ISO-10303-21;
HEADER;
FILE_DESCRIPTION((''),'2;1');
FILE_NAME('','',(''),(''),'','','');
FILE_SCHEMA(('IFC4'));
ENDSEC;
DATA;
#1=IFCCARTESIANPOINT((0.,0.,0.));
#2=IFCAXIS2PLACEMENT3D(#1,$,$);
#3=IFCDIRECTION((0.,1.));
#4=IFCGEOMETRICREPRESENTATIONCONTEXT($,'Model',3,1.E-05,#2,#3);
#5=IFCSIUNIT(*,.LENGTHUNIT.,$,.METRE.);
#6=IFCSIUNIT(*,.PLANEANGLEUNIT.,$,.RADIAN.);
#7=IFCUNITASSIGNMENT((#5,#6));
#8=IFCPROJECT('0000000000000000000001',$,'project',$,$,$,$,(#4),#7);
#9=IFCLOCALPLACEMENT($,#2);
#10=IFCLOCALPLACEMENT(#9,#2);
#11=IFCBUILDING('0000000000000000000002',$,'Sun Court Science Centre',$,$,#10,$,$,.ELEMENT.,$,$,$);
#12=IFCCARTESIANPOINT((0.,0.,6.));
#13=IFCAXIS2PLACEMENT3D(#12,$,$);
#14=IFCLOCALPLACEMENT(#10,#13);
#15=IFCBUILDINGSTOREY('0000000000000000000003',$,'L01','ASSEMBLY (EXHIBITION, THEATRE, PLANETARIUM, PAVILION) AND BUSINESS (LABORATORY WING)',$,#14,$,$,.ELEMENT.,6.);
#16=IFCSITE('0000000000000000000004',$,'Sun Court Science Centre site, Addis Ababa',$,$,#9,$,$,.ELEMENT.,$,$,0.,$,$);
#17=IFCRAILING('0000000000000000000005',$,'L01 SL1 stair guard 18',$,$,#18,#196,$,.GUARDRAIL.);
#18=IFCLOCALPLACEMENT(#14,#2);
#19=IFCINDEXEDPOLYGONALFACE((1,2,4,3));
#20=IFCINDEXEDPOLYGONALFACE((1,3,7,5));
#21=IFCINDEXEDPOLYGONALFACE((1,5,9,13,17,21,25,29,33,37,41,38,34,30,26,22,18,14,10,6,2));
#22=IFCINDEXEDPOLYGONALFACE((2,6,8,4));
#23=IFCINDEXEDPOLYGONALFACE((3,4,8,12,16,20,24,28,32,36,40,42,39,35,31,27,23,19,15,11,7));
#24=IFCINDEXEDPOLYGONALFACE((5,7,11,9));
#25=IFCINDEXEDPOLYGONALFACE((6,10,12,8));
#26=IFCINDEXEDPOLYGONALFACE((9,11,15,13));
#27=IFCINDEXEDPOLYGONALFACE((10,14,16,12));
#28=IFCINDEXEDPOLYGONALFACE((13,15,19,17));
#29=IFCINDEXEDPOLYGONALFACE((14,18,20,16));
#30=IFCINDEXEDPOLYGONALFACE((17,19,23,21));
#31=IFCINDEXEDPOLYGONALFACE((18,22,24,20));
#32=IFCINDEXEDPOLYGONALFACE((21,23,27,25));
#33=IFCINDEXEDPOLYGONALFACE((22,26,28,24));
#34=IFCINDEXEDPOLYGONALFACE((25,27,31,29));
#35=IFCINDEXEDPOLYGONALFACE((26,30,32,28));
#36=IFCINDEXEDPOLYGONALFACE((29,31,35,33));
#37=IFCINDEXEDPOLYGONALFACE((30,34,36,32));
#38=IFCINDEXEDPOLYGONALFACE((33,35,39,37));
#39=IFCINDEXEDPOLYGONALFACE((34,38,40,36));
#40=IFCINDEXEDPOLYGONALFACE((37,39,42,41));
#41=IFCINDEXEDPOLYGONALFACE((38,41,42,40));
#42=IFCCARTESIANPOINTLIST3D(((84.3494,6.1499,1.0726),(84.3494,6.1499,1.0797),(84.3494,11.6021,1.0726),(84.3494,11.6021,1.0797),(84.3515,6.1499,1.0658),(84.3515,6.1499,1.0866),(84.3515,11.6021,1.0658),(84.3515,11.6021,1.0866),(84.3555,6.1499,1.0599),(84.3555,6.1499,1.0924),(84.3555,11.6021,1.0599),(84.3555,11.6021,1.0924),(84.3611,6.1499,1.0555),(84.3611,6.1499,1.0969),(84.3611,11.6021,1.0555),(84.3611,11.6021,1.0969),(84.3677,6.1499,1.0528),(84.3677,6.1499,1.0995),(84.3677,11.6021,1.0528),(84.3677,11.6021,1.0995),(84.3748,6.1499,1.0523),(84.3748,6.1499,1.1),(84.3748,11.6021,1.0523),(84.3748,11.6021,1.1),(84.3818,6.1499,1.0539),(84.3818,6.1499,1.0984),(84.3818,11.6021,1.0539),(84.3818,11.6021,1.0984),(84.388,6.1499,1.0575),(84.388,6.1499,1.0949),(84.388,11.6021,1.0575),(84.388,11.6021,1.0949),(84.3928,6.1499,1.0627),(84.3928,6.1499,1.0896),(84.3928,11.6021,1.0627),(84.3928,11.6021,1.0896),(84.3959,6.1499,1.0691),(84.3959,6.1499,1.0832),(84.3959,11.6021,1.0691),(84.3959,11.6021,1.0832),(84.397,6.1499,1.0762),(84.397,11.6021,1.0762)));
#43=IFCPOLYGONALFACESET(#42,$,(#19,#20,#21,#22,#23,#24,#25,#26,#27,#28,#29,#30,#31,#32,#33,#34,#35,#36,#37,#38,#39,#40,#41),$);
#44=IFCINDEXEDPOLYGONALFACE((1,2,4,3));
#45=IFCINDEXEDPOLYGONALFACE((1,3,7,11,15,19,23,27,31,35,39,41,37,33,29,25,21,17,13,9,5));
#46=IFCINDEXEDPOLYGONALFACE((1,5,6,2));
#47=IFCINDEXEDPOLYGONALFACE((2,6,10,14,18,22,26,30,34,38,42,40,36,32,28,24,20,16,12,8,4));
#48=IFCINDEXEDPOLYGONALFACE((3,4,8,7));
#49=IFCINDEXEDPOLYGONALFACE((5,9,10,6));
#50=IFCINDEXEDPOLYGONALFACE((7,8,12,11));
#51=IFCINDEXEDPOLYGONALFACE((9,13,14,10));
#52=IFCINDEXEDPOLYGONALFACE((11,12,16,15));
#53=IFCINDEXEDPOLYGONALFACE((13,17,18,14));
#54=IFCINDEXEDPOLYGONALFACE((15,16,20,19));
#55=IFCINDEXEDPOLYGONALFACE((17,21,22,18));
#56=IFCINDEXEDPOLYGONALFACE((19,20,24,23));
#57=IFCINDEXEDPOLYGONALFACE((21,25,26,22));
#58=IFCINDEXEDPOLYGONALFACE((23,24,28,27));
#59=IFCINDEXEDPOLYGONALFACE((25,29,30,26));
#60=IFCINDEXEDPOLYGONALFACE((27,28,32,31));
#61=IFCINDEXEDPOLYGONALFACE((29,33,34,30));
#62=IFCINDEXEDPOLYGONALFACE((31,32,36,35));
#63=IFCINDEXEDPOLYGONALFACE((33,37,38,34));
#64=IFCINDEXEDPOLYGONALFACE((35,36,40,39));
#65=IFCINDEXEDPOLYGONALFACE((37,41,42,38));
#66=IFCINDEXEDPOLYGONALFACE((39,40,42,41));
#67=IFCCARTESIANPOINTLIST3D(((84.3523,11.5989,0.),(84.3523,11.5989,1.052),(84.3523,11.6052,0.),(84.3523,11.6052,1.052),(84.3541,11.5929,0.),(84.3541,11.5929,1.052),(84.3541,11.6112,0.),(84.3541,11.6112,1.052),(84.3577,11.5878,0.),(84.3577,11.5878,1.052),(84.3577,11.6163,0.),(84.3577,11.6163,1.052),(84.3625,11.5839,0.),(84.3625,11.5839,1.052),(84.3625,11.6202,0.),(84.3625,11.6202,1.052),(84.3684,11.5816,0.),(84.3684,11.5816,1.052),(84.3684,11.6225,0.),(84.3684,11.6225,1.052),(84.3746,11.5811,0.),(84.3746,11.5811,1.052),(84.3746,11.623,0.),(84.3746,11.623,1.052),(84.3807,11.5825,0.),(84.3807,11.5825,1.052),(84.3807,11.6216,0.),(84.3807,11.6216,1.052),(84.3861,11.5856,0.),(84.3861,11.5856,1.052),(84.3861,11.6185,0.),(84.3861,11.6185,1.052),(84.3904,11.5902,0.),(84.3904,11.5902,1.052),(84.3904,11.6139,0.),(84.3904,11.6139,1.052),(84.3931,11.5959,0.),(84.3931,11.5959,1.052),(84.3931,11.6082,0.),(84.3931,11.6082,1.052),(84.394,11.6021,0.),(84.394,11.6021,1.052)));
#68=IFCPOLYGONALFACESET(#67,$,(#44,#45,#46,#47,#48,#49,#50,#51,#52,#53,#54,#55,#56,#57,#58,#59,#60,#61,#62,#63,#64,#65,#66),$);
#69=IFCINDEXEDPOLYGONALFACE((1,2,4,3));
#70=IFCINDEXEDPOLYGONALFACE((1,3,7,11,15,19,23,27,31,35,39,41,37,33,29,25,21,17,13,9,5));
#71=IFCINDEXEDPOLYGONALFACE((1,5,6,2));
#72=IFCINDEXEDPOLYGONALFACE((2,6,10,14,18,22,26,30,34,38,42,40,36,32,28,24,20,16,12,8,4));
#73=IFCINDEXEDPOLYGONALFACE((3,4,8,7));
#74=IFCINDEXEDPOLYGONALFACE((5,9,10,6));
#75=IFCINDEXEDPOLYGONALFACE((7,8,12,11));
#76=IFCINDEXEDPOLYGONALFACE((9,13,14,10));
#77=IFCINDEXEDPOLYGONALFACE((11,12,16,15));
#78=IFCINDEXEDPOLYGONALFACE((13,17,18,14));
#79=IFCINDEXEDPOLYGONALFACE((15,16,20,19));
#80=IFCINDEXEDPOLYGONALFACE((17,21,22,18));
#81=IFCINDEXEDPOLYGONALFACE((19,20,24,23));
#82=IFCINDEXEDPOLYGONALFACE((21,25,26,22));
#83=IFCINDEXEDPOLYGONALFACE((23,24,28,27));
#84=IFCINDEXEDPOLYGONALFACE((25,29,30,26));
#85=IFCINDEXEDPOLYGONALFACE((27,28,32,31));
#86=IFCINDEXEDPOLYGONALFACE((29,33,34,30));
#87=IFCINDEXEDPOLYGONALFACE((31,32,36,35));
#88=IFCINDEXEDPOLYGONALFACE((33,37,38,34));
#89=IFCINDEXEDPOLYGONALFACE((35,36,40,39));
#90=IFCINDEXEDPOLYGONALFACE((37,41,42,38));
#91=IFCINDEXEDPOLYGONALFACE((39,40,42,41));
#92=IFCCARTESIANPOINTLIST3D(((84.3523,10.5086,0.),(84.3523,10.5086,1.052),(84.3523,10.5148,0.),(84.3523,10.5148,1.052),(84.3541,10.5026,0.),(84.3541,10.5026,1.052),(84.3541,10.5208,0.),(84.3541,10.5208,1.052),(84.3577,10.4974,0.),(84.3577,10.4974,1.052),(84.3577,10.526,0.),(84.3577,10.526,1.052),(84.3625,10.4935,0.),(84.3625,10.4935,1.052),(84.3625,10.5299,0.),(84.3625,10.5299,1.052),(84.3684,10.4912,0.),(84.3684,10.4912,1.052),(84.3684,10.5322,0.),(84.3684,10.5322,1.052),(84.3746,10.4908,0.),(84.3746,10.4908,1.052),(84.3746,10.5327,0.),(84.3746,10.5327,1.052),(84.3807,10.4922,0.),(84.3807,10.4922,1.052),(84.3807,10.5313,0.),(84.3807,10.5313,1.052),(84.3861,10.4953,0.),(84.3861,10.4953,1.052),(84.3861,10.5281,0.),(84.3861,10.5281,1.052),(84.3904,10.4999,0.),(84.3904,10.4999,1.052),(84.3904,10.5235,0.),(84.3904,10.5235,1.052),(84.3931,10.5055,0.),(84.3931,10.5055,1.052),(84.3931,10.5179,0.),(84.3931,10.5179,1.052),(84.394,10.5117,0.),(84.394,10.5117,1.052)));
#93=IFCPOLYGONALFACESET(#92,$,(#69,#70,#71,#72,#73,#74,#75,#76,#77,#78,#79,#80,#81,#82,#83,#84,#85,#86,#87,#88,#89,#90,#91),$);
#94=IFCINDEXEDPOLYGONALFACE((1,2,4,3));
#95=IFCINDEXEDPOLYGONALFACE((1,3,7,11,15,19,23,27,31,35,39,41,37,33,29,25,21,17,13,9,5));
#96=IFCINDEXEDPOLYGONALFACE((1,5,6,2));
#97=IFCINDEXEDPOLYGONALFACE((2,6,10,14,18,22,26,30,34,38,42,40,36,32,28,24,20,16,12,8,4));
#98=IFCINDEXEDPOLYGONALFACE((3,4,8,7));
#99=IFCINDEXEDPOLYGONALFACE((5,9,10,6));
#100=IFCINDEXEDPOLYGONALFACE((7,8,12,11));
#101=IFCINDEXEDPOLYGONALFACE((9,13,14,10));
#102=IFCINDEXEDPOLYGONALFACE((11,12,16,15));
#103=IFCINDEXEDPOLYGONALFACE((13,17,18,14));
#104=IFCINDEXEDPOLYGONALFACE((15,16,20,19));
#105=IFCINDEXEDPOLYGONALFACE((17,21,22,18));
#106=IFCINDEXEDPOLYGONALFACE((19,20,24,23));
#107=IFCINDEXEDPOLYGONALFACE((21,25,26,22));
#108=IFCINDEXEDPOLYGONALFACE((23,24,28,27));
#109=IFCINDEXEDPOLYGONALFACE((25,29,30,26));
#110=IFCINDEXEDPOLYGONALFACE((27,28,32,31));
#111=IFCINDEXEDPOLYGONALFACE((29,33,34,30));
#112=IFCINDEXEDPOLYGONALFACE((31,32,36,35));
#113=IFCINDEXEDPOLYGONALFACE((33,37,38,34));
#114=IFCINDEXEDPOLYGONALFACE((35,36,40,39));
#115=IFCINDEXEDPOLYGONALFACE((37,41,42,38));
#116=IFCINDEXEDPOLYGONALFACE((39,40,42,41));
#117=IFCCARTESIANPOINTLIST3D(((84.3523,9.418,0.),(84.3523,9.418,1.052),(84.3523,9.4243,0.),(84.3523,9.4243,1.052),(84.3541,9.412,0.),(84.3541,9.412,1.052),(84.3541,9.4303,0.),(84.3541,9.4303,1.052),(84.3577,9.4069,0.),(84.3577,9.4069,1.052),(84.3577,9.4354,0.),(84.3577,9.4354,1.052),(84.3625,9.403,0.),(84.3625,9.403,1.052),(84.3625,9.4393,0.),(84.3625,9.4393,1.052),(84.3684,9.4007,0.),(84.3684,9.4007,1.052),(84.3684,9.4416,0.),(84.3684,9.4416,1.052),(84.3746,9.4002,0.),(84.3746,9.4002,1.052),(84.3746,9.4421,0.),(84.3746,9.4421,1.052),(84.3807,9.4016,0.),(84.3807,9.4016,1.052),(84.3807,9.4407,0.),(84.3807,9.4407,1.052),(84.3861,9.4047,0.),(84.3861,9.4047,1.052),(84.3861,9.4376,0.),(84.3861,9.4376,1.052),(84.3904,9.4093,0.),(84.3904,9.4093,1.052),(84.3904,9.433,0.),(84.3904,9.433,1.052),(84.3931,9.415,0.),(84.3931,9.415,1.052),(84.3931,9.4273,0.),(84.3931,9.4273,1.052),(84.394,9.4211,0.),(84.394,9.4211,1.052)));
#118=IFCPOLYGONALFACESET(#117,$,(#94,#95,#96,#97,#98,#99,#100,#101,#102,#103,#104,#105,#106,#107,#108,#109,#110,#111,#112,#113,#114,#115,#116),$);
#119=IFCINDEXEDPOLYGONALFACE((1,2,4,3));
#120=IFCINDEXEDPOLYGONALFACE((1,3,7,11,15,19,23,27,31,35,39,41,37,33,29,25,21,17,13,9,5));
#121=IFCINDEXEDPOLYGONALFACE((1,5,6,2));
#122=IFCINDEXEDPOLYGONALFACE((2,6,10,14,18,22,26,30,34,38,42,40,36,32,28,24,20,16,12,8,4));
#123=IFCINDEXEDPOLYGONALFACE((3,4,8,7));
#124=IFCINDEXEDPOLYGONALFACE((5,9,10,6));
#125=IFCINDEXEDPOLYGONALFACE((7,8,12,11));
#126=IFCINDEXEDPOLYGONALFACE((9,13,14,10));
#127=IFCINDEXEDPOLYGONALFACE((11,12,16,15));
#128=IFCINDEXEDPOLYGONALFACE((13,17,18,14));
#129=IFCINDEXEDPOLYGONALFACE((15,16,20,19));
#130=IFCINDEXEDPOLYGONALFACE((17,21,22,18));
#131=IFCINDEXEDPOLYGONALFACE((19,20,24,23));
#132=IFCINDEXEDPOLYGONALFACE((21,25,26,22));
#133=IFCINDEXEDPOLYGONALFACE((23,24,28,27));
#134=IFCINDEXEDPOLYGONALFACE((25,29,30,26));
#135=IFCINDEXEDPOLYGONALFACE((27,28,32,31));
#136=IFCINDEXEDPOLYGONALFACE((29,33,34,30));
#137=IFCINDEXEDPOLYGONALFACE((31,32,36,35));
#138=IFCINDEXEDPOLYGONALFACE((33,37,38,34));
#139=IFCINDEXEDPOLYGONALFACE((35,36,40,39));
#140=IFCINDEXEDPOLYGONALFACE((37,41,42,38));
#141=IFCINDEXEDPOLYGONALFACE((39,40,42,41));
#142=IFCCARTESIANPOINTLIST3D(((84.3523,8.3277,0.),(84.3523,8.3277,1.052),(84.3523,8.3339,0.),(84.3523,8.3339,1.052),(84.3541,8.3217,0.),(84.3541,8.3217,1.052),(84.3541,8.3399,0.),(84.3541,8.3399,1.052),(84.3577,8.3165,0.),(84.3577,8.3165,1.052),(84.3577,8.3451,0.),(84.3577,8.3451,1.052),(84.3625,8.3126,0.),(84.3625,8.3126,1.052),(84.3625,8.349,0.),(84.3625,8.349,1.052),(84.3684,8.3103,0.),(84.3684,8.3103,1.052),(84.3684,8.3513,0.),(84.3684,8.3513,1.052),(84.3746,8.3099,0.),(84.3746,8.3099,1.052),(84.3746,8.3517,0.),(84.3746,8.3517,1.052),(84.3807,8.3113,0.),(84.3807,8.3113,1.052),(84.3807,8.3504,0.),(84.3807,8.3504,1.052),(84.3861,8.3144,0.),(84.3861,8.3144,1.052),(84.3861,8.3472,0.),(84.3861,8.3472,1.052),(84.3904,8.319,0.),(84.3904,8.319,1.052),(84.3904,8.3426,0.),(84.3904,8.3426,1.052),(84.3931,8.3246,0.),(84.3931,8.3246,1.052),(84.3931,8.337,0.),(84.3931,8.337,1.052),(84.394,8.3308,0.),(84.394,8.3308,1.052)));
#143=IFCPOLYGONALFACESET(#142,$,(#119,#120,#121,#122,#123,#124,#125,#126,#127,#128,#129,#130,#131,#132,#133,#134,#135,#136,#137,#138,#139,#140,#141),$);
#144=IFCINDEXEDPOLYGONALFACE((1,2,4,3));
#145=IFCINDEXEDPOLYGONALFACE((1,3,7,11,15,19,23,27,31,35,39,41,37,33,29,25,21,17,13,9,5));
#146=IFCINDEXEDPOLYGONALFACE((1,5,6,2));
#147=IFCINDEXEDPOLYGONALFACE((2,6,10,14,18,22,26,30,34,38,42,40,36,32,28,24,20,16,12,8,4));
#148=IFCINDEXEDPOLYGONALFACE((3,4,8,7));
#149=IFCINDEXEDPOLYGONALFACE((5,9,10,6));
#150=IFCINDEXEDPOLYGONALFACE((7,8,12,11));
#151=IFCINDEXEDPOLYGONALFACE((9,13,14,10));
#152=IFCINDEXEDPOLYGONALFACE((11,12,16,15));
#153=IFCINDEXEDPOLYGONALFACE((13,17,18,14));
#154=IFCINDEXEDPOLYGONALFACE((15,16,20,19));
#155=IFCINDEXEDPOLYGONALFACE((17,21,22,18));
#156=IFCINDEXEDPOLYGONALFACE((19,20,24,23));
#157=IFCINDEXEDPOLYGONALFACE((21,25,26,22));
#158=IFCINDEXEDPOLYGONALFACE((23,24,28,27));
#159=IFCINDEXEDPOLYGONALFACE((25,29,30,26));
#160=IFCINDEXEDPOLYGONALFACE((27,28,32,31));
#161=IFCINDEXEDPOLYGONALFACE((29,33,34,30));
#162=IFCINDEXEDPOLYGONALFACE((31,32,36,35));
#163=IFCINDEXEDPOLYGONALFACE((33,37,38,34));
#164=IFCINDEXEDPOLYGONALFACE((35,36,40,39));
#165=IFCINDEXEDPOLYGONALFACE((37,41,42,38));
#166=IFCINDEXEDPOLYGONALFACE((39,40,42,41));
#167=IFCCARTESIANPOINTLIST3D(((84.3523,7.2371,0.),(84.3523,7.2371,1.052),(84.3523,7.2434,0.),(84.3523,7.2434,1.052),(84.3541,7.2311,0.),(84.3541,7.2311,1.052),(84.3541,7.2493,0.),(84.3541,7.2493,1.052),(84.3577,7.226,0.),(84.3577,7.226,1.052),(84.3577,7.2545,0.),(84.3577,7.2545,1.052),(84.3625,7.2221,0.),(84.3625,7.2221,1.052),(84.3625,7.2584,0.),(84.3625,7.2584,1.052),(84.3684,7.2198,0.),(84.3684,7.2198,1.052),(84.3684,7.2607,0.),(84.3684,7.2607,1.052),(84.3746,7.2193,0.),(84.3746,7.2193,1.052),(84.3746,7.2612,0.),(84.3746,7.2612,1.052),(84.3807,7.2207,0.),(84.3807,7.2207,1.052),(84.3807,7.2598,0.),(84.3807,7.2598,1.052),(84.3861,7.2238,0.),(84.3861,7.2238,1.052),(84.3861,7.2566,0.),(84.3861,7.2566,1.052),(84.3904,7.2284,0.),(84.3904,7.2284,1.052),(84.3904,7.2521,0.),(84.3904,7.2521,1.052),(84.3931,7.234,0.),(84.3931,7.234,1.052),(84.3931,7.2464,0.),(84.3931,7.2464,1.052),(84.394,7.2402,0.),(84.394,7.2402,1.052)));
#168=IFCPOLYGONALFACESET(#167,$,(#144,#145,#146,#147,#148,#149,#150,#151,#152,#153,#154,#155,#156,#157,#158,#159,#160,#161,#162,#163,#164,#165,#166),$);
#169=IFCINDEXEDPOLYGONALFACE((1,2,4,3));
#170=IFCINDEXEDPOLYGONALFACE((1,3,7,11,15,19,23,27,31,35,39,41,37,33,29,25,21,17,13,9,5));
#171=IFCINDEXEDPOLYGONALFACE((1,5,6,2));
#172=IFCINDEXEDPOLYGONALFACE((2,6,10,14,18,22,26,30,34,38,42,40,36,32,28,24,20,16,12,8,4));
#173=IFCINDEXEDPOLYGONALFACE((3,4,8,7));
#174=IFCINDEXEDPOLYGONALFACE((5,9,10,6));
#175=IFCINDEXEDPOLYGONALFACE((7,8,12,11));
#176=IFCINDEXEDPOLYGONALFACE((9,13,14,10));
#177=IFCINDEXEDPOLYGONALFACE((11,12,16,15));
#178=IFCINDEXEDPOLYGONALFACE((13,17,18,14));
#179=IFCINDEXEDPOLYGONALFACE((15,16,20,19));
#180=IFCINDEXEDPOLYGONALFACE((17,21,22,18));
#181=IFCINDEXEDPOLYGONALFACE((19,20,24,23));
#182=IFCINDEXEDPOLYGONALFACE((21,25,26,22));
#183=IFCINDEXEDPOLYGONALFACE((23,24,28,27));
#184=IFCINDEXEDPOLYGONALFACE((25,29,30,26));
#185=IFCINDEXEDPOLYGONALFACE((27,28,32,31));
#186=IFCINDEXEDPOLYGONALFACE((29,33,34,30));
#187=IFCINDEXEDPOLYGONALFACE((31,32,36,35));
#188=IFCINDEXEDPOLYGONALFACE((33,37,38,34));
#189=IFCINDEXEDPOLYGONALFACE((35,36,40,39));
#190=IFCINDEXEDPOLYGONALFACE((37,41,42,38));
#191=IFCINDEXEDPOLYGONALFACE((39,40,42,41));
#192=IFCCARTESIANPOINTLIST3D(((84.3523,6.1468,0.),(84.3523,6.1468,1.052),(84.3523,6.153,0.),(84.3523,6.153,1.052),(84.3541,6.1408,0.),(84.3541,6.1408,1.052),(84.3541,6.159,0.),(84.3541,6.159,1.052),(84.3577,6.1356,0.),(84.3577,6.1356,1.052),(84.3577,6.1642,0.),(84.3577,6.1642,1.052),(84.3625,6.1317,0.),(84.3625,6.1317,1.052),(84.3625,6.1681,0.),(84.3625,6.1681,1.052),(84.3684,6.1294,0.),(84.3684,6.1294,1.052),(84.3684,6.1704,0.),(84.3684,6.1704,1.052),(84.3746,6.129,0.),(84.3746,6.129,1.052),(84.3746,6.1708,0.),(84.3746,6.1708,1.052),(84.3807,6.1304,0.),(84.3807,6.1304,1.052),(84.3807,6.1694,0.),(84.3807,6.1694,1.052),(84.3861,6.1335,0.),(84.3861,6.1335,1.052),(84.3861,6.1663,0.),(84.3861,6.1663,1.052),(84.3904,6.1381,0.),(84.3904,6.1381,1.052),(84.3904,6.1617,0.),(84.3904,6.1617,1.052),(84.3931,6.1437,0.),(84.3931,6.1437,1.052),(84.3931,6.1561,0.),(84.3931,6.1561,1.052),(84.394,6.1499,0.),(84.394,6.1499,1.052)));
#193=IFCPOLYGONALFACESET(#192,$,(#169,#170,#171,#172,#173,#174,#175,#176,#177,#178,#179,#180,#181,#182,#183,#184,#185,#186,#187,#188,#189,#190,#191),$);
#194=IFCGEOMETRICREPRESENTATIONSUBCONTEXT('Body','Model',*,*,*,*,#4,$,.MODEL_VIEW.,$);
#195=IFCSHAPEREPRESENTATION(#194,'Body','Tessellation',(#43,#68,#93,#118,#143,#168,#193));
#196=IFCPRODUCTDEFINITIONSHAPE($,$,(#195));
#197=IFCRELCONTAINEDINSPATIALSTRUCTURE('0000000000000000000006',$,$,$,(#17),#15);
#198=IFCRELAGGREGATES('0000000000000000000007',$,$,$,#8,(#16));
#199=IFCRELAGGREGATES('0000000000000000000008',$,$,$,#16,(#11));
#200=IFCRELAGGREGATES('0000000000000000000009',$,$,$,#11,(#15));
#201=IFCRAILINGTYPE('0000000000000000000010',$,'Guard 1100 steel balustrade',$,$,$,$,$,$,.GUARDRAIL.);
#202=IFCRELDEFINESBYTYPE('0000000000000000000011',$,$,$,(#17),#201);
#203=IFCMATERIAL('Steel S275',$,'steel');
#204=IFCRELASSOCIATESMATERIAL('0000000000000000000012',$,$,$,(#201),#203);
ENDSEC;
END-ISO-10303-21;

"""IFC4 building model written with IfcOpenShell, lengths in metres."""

from ifc_helpers import new_model, si_unit, direction, frame, origin, origin_2d, place, context, subcontext, project, spatial, circle, extrude, material, type_object, element, save


model = new_model("IFC4")

# Units and contexts
model_context = context("Model", 3, precision=1e-05, world=origin(), true_north=direction((0.0, 1.0)))
body_context = subcontext(model_context, "Body", "Model", "MODEL_VIEW")
ifc_project = project(units=[si_unit("LENGTHUNIT", "METRE"), si_unit("PLANEANGLEUNIT", "RADIAN")], contexts=[model_context])

# Site, building, storey
site_placement = place(None, origin())
site = spatial("IfcSite", under=ifc_project, at=site_placement, Name="Sun Court Science Centre site, Addis Ababa", CompositionType="ELEMENT", RefElevation=0.0)
building_placement = place(site_placement, origin())
building = spatial("IfcBuilding", under=site, at=building_placement, Name="Sun Court Science Centre", CompositionType="ELEMENT")
storey_placement = place(building_placement, frame((0.0, 0.0, 6.0)))
storey = spatial("IfcBuildingStorey", under=building, at=storey_placement, Name="L01", Description="ASSEMBLY (EXHIBITION, THEATRE, PLANETARIUM, PAVILION) AND BUSINESS (LABORATORY WING)", CompositionType="ELEMENT", Elevation=6.0)

# Railing
ifc_material_1 = material(Name="Steel S275", Category="steel")
railing_type_1 = type_object("IfcRailingType", Name="Guard 1100 steel balustrade", PredefinedType="GUARDRAIL", material=ifc_material_1)
railing_1_placement = place(storey_placement, frame((84.373, 11.6021, 0.0)))
element("IfcRailing", 1, at=railing_1_placement, inside=storey, type_object=railing_type_1, Name="L01 SL1 stair guard 18", PredefinedType="GUARDRAIL", context=body_context, shape_type="SweptSolid", body=[
    extrude(circle(Radius=0.0239, at=origin_2d()), frame((0.0, 0.0, 1.0762), z_axis=(0.0, -1.0, 0.0), x_axis=(1.0, 0.0, 0.0)), (0.0, 0.0, 1.0), 5.4521),
    extrude(circle(Radius=0.021, at=origin_2d()), origin(), (0.0, 0.0, 1.0), 1.052),
    extrude(circle(Radius=0.021, at=origin_2d()), frame((0.0, -1.0903, 0.0)), (0.0, 0.0, 1.0), 1.052),
    extrude(circle(Radius=0.021, at=origin_2d()), frame((0.0, -2.1809, 0.0)), (0.0, 0.0, 1.0), 1.052),
    extrude(circle(Radius=0.021, at=origin_2d()), frame((0.0, -3.2712, 0.0)), (0.0, 0.0, 1.0), 1.052),
    extrude(circle(Radius=0.021, at=origin_2d()), frame((0.0, -4.3618, 0.0)), (0.0, 0.0, 1.0), 1.052),
    extrude(circle(Radius=0.021, at=origin_2d()), frame((0.0, -5.4521, 0.0)), (0.0, 0.0, 1.0), 1.052),
])

save(model, "model.ifc")
